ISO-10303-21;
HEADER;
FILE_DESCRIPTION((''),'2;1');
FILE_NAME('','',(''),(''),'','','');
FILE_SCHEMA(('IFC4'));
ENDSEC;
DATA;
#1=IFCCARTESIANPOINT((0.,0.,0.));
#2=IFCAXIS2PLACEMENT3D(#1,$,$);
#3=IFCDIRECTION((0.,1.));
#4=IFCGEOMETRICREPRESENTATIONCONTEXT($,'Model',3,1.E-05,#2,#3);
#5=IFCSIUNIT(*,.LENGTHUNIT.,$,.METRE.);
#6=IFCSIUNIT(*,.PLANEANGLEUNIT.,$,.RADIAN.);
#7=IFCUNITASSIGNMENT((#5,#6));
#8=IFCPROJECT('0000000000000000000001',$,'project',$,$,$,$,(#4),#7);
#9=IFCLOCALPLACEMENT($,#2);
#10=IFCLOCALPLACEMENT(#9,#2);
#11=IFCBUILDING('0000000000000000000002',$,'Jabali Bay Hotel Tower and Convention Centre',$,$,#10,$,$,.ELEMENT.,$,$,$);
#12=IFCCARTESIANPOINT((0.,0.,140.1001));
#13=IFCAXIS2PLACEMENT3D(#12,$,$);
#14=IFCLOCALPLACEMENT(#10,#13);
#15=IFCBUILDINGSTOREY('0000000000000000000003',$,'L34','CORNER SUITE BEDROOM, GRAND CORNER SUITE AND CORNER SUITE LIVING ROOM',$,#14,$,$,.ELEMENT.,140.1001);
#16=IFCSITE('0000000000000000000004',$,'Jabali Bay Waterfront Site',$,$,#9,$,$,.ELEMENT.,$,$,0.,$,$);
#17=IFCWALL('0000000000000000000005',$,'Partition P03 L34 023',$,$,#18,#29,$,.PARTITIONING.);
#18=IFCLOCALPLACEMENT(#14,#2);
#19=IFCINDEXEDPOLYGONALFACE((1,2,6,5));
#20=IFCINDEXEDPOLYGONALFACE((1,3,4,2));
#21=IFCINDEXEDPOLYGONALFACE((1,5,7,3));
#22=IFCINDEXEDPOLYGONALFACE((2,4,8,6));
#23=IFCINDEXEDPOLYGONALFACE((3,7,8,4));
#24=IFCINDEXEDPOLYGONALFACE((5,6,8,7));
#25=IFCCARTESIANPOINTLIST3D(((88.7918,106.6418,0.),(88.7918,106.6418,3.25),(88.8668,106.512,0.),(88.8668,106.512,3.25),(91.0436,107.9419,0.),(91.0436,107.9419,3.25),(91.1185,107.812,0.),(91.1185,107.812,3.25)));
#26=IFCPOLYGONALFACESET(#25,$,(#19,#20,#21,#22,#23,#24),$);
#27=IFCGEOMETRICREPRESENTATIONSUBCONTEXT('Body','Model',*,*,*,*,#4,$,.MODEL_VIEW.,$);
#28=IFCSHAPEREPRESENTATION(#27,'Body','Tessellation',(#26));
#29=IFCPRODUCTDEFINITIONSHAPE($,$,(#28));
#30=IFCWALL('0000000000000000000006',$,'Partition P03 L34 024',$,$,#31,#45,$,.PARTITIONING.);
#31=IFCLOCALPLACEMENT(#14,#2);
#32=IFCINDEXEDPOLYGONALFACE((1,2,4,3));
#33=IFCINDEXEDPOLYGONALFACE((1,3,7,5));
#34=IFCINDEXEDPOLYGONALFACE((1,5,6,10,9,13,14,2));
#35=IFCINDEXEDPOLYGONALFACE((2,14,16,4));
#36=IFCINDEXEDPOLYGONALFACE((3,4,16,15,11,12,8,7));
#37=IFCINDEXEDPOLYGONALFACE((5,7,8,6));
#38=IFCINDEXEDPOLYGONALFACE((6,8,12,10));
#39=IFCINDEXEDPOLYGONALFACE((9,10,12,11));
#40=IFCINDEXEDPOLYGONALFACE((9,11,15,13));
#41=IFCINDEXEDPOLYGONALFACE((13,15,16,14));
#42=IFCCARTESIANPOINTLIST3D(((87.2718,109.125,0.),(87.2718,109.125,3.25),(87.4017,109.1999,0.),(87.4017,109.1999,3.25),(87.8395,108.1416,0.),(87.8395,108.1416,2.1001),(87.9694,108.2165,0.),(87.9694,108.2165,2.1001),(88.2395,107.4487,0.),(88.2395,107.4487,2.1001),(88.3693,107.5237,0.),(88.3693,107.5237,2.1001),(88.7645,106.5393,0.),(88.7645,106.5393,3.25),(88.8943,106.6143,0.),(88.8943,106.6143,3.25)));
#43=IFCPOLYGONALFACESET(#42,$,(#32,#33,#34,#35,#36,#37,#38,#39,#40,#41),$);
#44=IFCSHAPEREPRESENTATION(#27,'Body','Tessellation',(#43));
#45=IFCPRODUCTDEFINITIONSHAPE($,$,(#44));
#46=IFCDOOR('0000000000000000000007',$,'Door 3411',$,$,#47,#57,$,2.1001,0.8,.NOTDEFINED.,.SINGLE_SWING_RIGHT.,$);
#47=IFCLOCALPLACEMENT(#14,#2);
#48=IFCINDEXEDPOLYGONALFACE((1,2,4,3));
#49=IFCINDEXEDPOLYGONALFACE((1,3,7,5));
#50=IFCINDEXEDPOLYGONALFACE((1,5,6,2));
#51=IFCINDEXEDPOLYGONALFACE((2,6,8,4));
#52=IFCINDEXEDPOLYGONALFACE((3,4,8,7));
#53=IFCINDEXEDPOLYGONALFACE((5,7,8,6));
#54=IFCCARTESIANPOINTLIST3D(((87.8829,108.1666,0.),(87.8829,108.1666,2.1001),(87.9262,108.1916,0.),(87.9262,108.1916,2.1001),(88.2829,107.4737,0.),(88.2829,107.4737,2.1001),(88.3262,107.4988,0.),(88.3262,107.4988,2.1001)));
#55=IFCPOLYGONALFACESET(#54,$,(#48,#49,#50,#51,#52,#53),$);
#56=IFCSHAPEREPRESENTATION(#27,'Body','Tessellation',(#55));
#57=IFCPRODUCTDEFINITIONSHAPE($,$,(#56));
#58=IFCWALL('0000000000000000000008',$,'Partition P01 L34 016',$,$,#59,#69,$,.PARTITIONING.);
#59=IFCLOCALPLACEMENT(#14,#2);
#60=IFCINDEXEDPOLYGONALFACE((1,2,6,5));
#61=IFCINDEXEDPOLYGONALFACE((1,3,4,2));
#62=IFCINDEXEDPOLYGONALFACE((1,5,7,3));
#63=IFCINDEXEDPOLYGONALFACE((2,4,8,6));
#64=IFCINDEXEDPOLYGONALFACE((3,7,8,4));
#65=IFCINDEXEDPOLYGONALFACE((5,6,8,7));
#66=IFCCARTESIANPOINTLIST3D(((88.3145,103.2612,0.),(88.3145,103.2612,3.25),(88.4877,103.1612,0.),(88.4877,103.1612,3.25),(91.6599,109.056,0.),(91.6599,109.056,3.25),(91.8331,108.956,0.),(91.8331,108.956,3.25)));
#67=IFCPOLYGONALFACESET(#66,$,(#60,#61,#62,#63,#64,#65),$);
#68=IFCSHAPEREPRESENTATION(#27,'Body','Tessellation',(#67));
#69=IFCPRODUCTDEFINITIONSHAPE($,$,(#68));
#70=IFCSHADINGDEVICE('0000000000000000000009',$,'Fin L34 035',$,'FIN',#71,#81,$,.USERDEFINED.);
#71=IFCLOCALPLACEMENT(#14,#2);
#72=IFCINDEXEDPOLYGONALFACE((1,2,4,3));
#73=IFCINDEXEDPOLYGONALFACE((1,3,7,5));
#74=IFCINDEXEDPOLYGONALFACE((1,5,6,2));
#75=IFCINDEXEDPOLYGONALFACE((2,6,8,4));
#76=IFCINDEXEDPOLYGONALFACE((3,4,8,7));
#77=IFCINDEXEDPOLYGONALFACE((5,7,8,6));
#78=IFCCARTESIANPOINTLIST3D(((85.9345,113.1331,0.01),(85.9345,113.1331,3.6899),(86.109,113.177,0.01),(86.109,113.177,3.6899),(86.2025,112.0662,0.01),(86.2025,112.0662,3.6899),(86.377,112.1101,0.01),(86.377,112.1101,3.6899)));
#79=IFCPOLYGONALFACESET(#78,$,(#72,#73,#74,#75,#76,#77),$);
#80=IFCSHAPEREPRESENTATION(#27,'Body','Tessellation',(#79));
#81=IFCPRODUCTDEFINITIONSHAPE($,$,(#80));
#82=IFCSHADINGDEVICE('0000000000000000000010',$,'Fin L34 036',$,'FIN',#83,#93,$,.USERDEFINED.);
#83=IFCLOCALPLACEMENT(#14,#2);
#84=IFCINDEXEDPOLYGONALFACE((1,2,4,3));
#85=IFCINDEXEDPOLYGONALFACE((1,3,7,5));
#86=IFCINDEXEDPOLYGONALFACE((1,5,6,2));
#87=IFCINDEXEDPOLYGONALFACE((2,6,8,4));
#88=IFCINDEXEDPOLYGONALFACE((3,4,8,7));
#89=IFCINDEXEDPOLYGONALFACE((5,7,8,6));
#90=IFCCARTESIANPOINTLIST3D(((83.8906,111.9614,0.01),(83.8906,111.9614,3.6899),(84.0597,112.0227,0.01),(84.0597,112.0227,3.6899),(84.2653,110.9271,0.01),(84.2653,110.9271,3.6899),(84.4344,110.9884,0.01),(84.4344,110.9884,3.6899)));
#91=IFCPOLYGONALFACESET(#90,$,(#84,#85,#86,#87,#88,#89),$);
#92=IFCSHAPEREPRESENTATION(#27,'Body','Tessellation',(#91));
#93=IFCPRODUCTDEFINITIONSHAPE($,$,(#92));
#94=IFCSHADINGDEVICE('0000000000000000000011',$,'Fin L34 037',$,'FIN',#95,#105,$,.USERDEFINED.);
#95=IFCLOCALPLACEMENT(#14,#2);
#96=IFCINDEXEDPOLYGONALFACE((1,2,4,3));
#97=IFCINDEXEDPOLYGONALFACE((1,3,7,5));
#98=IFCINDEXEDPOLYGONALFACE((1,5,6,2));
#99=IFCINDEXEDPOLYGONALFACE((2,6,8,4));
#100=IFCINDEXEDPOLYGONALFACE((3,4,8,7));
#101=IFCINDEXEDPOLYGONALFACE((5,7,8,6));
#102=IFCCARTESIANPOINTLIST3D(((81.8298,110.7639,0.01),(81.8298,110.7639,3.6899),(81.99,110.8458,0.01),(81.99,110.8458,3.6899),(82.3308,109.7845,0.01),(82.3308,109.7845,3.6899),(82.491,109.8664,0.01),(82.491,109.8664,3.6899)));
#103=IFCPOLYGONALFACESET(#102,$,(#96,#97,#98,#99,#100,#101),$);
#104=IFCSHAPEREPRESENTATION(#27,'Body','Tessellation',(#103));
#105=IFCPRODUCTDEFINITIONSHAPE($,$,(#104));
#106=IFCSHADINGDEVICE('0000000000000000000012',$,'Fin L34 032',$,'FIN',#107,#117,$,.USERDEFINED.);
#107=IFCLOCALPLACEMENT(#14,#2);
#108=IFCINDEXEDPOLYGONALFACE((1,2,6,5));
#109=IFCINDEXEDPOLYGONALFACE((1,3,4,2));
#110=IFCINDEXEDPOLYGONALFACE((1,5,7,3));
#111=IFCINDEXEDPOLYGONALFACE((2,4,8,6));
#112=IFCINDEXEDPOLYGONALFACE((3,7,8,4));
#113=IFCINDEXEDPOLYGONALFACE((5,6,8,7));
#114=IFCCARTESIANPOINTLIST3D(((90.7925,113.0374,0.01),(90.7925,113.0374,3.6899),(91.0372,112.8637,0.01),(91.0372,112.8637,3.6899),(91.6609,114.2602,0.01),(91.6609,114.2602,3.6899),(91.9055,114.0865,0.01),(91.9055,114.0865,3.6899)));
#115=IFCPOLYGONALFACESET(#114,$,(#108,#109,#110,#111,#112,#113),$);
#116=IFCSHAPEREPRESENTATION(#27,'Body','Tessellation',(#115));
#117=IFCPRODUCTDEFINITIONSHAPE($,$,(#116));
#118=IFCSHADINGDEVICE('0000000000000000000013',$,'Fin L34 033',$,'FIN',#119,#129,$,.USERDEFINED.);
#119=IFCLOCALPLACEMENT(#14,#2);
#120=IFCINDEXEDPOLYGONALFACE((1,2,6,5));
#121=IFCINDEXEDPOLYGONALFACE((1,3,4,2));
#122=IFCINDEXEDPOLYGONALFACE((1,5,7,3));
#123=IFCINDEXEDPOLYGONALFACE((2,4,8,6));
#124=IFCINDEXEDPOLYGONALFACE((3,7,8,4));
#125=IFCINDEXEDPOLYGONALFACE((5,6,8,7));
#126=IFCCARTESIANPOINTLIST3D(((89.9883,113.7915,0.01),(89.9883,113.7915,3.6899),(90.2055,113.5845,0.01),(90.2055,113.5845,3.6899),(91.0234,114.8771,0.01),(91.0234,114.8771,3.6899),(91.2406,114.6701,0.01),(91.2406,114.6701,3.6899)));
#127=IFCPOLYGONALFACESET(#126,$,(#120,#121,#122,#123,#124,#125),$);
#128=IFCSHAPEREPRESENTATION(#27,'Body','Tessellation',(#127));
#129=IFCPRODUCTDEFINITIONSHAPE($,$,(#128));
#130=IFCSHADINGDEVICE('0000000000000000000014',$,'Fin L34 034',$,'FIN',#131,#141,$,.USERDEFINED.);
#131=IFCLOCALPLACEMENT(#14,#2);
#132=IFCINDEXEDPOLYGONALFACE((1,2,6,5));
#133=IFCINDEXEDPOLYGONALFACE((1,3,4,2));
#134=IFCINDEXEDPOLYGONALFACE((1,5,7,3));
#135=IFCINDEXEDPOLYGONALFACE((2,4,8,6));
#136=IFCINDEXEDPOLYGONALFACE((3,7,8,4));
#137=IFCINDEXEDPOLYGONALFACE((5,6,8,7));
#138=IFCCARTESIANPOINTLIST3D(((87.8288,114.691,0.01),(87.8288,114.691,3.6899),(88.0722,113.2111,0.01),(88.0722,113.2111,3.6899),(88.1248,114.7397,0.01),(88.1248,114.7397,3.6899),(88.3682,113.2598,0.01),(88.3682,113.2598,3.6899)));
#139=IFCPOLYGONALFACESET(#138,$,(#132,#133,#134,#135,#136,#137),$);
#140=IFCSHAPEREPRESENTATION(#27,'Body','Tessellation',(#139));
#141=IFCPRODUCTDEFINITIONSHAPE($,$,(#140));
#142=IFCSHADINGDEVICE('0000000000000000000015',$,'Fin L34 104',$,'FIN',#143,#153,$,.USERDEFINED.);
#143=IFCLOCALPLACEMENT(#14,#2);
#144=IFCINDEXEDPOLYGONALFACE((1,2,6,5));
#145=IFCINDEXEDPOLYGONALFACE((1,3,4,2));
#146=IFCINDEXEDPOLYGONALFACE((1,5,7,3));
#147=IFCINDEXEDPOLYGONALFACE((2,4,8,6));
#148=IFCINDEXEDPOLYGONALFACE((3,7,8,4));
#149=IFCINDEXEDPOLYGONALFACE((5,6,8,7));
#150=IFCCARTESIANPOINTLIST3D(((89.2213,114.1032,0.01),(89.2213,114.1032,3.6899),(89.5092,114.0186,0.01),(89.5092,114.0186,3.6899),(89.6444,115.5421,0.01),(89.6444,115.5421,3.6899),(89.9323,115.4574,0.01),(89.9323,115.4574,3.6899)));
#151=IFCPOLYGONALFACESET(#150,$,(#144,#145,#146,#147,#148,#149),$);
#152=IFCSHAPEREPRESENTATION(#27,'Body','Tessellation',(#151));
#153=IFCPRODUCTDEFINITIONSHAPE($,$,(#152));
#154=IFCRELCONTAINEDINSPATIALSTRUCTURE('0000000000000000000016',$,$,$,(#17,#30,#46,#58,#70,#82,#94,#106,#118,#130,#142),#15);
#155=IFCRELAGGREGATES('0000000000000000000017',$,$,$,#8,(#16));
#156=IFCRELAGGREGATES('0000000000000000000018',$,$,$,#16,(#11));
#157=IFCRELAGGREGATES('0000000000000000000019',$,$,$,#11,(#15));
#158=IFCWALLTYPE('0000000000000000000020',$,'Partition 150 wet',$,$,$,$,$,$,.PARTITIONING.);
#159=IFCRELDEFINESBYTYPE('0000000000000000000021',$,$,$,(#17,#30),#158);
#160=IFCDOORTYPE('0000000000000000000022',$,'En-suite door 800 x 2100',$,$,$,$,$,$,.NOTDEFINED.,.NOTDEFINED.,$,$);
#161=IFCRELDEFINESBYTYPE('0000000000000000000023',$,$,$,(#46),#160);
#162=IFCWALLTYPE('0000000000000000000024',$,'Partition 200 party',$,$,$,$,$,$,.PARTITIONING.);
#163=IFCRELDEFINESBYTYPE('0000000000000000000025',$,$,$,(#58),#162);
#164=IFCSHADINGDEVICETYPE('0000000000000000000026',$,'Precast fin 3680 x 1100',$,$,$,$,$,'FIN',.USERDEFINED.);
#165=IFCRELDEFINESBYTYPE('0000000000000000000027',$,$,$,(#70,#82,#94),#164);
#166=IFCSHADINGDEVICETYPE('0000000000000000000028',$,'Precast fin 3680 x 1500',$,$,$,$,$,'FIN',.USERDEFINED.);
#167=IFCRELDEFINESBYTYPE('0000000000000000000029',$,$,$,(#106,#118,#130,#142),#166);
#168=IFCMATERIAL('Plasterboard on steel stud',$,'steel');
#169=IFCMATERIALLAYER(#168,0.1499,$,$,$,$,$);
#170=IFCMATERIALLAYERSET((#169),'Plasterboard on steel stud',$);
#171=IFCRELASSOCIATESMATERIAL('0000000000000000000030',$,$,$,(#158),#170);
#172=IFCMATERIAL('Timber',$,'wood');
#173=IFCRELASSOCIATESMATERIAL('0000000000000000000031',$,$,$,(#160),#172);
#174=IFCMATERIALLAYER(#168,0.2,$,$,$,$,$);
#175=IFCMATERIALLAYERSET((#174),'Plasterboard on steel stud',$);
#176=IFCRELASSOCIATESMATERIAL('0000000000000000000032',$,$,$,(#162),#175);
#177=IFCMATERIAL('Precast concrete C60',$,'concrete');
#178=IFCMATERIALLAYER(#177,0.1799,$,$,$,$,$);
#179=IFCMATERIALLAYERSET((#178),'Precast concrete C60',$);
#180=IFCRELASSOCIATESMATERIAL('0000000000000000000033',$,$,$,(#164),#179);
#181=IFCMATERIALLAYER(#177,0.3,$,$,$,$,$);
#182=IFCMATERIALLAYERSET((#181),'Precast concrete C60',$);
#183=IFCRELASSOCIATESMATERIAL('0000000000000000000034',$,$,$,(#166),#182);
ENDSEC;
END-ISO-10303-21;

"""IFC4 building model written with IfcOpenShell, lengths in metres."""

from ifc_helpers import new_model, si_unit, direction, frame, frame_2d, origin, place, context, subcontext, project, spatial, rectangle, extrude, material, layer, layer_set, type_object, element, fill, save


model = new_model("IFC4")

# Units and contexts
model_context = context("Model", 3, precision=1e-05, world=origin(), true_north=direction((0.0, 1.0)))
body_context = subcontext(model_context, "Body", "Model", "MODEL_VIEW")
ifc_project = project(units=[si_unit("LENGTHUNIT", "METRE"), si_unit("PLANEANGLEUNIT", "RADIAN")], contexts=[model_context])

# Site, building, storey
site_placement = place(None, origin())
site = spatial("IfcSite", under=ifc_project, at=site_placement, Name="Jabali Bay Waterfront Site", CompositionType="ELEMENT", RefElevation=0.0)
building_placement = place(site_placement, origin())
building = spatial("IfcBuilding", under=site, at=building_placement, Name="Jabali Bay Hotel Tower and Convention Centre", CompositionType="ELEMENT")
storey_placement = place(building_placement, frame((0.0, 0.0, 140.1001)))
storey = spatial("IfcBuildingStorey", under=building, at=storey_placement, Name="L34", Description="CORNER SUITE BEDROOM, GRAND CORNER SUITE AND CORNER SUITE LIVING ROOM", CompositionType="ELEMENT", Elevation=140.1001)

# Wall
ifc_material_1 = material(Name="Plasterboard on steel stud", Category="steel")
ifc_layer_1 = layer(ifc_material_1, 0.1499)
ifc_layer_set_1 = layer_set([ifc_layer_1], Name="Plasterboard on steel stud")
wall_type_1 = type_object("IfcWallType", Name="Partition 150 wet", PredefinedType="PARTITIONING", material=ifc_layer_set_1)
wall_1_placement = place(storey_placement, frame((91.0811, 107.877, 0.0), z_axis=(0.0, 0.0, 1.0), x_axis=(-0.866021, -0.500007, 0.0)))
element("IfcWall", 1, at=wall_1_placement, inside=storey, type_object=wall_type_1, Name="Partition P03 L34 023", PredefinedType="PARTITIONING", context=body_context, shape_type="SweptSolid", body=[
    extrude(rectangle(XDim=2.6001, YDim=0.1499, at=frame_2d((1.3, 0.0))), origin(), (0.0, 0.0, 1.0), 3.25),
])

# Wall, opening, door
wall_2_placement = place(storey_placement, frame((88.8293, 106.5769, 0.0), z_axis=(0.0, 0.0, 1.0), x_axis=(-0.499956, 0.866051, 0.0)))
wall_2 = element("IfcWall", 2, at=wall_2_placement, inside=storey, type_object=wall_type_1, Name="Partition P03 L34 024", PredefinedType="PARTITIONING", context=body_context, shape_type="SweptSolid", body=[
    extrude(rectangle(XDim=2.9856, YDim=0.1499, at=frame_2d((1.4927, 0.0))), origin(), (0.0, 0.0, 1.0), 3.25),
])
opening_1_placement = place(wall_2_placement, frame((1.05, 0.0, 0.0)))
opening_1 = element("IfcOpeningElement", 3, at=opening_1_placement, cuts=wall_2, PredefinedType="OPENING", context=body_context, shape_type="SweptSolid", body=[
    extrude(rectangle(XDim=0.8, YDim=2.1001, at=frame_2d((0.3999, 1.05))), frame((0.0, 0.0854, 0.0), z_axis=(0.0, -1.0, 0.0), x_axis=(1.0, 0.0, 0.0)), (0.0, 0.0, 1.0), 0.1709),
])
ifc_material_2 = material(Name="Timber", Category="wood")
door_type = type_object("IfcDoorType", Name="En-suite door 800 x 2100", OperationType="NOTDEFINED", PredefinedType="NOTDEFINED", material=ifc_material_2)
door_placement = place(opening_1_placement, origin())
door = element("IfcDoor", 4, at=door_placement, inside=storey, type_object=door_type, Name="Door 3411", OperationType="SINGLE_SWING_RIGHT", OverallHeight=2.1001, OverallWidth=0.8, PredefinedType="NOTDEFINED", context=body_context, shape_type="SweptSolid", body=[
    extrude(rectangle(XDim=0.8, YDim=2.1001, at=frame_2d((0.3999, 1.05))), frame((0.0, 0.0249, 0.0), z_axis=(0.0, -1.0, 0.0), x_axis=(1.0, 0.0, 0.0)), (0.0, 0.0, 1.0), 0.05),
])
fill(opening_1, door)

# Wall
ifc_layer_2 = layer(ifc_material_1, 0.2)
ifc_layer_set_2 = layer_set([ifc_layer_2], Name="Plasterboard on steel stud")
wall_type_2 = type_object("IfcWallType", Name="Partition 200 party", PredefinedType="PARTITIONING", material=ifc_layer_set_2)
wall_3_placement = place(storey_placement, frame((91.7466, 109.0061, 0.0), z_axis=(0.0, 0.0, 1.0), x_axis=(-0.499973, -0.866041, 0.0)))
element("IfcWall", 5, at=wall_3_placement, inside=storey, type_object=wall_type_2, Name="Partition P01 L34 016", PredefinedType="PARTITIONING", context=body_context, shape_type="SweptSolid", body=[
    extrude(rectangle(XDim=6.6912, YDim=0.2, at=frame_2d((3.3457, 0.0))), origin(), (0.0, 0.0, 1.0), 3.25),
])

# Shading devices
ifc_material_3 = material(Name="Precast concrete C60", Category="concrete")
ifc_layer_3 = layer(ifc_material_3, 0.1799)
ifc_layer_set_3 = layer_set([ifc_layer_3], Name="Precast concrete C60")
shading_device_type_1 = type_object("IfcShadingDeviceType", Name="Precast fin 3680 x 1100", ElementType="FIN", PredefinedType="USERDEFINED", material=ifc_layer_set_3)
for number, where, z_axis, x_axis, name in (
    (6, (86.2898, 112.0881, 0.01), (0.0, 0.0, 1.0), (-0.243684, 0.969855, 0.0), "Fin L34 035"),
    (7, (84.3499, 110.9578, 0.01), (0.0, 0.0, 1.0), (-0.34062, 0.940201, 0.0), "Fin L34 036"),
    (8, (82.4109, 109.8254, 0.01), (0.0, 0.0, 1.0), (-0.455361, 0.890307, 0.0), "Fin L34 037"),
):
    element("IfcShadingDevice", number, at=place(storey_placement, frame(where, z_axis=z_axis, x_axis=x_axis)), inside=storey, type_object=shading_device_type_1, Name=name, ObjectType="FIN", PredefinedType="USERDEFINED", context=body_context, shape_type="SweptSolid", body=[
        extrude(rectangle(XDim=1.1001, YDim=0.1799, at=frame_2d((0.55, 0.0))), origin(), (0.0, 0.0, 1.0), 3.6799),
    ])
ifc_layer_4 = layer(ifc_material_3, 0.3)
ifc_layer_set_4 = layer_set([ifc_layer_4], Name="Precast concrete C60")
shading_device_type_2 = type_object("IfcShadingDeviceType", Name="Precast fin 3680 x 1500", ElementType="FIN", PredefinedType="USERDEFINED", material=ifc_layer_set_4)
shading_device_1_placement = place(storey_placement, frame((90.9148, 112.9504, 0.01), z_axis=(0.0, 0.0, 1.0), x_axis=(0.578988, 0.815336, 0.0)))
element("IfcShadingDevice", 9, at=shading_device_1_placement, inside=storey, type_object=shading_device_type_2, Name="Fin L34 032", ObjectType="FIN", PredefinedType="USERDEFINED", context=body_context, shape_type="SweptSolid", body=[
    extrude(rectangle(XDim=1.4998, YDim=0.3, at=frame_2d((0.75, 0.0))), origin(), (0.0, 0.0, 1.0), 3.6799),
])
shading_device_2_placement = place(storey_placement, frame((90.0969, 113.688, 0.01), z_axis=(0.0, 0.0, 1.0), x_axis=(0.690061, 0.723751, 0.0)))
element("IfcShadingDevice", 10, at=shading_device_2_placement, inside=storey, type_object=shading_device_type_2, Name="Fin L34 033", ObjectType="FIN", PredefinedType="USERDEFINED", context=body_context, shape_type="SweptSolid", body=[
    extrude(rectangle(XDim=1.5, YDim=0.3, at=frame_2d((0.75, 0.0))), origin(), (0.0, 0.0, 1.0), 3.6799),
])
for number, where, z_axis, x_axis, name in (
    (11, (88.2202, 113.2354, 0.01), (0.0, 0.0, 1.0), (-0.162287, 0.986744, 0.0), "Fin L34 034"),
    (12, (89.3652, 114.0608, 0.01), (0.0, 0.0, 1.0), (0.282087, 0.959389, 0.0), "Fin L34 104"),
):
    element("IfcShadingDevice", number, at=place(storey_placement, frame(where, z_axis=z_axis, x_axis=x_axis)), inside=storey, type_object=shading_device_type_2, Name=name, ObjectType="FIN", PredefinedType="USERDEFINED", context=body_context, shape_type="SweptSolid", body=[
        extrude(rectangle(XDim=1.4998, YDim=0.3, at=frame_2d((0.75, 0.0))), origin(), (0.0, 0.0, 1.0), 3.6799),
    ])

save(model, "model.ifc")
